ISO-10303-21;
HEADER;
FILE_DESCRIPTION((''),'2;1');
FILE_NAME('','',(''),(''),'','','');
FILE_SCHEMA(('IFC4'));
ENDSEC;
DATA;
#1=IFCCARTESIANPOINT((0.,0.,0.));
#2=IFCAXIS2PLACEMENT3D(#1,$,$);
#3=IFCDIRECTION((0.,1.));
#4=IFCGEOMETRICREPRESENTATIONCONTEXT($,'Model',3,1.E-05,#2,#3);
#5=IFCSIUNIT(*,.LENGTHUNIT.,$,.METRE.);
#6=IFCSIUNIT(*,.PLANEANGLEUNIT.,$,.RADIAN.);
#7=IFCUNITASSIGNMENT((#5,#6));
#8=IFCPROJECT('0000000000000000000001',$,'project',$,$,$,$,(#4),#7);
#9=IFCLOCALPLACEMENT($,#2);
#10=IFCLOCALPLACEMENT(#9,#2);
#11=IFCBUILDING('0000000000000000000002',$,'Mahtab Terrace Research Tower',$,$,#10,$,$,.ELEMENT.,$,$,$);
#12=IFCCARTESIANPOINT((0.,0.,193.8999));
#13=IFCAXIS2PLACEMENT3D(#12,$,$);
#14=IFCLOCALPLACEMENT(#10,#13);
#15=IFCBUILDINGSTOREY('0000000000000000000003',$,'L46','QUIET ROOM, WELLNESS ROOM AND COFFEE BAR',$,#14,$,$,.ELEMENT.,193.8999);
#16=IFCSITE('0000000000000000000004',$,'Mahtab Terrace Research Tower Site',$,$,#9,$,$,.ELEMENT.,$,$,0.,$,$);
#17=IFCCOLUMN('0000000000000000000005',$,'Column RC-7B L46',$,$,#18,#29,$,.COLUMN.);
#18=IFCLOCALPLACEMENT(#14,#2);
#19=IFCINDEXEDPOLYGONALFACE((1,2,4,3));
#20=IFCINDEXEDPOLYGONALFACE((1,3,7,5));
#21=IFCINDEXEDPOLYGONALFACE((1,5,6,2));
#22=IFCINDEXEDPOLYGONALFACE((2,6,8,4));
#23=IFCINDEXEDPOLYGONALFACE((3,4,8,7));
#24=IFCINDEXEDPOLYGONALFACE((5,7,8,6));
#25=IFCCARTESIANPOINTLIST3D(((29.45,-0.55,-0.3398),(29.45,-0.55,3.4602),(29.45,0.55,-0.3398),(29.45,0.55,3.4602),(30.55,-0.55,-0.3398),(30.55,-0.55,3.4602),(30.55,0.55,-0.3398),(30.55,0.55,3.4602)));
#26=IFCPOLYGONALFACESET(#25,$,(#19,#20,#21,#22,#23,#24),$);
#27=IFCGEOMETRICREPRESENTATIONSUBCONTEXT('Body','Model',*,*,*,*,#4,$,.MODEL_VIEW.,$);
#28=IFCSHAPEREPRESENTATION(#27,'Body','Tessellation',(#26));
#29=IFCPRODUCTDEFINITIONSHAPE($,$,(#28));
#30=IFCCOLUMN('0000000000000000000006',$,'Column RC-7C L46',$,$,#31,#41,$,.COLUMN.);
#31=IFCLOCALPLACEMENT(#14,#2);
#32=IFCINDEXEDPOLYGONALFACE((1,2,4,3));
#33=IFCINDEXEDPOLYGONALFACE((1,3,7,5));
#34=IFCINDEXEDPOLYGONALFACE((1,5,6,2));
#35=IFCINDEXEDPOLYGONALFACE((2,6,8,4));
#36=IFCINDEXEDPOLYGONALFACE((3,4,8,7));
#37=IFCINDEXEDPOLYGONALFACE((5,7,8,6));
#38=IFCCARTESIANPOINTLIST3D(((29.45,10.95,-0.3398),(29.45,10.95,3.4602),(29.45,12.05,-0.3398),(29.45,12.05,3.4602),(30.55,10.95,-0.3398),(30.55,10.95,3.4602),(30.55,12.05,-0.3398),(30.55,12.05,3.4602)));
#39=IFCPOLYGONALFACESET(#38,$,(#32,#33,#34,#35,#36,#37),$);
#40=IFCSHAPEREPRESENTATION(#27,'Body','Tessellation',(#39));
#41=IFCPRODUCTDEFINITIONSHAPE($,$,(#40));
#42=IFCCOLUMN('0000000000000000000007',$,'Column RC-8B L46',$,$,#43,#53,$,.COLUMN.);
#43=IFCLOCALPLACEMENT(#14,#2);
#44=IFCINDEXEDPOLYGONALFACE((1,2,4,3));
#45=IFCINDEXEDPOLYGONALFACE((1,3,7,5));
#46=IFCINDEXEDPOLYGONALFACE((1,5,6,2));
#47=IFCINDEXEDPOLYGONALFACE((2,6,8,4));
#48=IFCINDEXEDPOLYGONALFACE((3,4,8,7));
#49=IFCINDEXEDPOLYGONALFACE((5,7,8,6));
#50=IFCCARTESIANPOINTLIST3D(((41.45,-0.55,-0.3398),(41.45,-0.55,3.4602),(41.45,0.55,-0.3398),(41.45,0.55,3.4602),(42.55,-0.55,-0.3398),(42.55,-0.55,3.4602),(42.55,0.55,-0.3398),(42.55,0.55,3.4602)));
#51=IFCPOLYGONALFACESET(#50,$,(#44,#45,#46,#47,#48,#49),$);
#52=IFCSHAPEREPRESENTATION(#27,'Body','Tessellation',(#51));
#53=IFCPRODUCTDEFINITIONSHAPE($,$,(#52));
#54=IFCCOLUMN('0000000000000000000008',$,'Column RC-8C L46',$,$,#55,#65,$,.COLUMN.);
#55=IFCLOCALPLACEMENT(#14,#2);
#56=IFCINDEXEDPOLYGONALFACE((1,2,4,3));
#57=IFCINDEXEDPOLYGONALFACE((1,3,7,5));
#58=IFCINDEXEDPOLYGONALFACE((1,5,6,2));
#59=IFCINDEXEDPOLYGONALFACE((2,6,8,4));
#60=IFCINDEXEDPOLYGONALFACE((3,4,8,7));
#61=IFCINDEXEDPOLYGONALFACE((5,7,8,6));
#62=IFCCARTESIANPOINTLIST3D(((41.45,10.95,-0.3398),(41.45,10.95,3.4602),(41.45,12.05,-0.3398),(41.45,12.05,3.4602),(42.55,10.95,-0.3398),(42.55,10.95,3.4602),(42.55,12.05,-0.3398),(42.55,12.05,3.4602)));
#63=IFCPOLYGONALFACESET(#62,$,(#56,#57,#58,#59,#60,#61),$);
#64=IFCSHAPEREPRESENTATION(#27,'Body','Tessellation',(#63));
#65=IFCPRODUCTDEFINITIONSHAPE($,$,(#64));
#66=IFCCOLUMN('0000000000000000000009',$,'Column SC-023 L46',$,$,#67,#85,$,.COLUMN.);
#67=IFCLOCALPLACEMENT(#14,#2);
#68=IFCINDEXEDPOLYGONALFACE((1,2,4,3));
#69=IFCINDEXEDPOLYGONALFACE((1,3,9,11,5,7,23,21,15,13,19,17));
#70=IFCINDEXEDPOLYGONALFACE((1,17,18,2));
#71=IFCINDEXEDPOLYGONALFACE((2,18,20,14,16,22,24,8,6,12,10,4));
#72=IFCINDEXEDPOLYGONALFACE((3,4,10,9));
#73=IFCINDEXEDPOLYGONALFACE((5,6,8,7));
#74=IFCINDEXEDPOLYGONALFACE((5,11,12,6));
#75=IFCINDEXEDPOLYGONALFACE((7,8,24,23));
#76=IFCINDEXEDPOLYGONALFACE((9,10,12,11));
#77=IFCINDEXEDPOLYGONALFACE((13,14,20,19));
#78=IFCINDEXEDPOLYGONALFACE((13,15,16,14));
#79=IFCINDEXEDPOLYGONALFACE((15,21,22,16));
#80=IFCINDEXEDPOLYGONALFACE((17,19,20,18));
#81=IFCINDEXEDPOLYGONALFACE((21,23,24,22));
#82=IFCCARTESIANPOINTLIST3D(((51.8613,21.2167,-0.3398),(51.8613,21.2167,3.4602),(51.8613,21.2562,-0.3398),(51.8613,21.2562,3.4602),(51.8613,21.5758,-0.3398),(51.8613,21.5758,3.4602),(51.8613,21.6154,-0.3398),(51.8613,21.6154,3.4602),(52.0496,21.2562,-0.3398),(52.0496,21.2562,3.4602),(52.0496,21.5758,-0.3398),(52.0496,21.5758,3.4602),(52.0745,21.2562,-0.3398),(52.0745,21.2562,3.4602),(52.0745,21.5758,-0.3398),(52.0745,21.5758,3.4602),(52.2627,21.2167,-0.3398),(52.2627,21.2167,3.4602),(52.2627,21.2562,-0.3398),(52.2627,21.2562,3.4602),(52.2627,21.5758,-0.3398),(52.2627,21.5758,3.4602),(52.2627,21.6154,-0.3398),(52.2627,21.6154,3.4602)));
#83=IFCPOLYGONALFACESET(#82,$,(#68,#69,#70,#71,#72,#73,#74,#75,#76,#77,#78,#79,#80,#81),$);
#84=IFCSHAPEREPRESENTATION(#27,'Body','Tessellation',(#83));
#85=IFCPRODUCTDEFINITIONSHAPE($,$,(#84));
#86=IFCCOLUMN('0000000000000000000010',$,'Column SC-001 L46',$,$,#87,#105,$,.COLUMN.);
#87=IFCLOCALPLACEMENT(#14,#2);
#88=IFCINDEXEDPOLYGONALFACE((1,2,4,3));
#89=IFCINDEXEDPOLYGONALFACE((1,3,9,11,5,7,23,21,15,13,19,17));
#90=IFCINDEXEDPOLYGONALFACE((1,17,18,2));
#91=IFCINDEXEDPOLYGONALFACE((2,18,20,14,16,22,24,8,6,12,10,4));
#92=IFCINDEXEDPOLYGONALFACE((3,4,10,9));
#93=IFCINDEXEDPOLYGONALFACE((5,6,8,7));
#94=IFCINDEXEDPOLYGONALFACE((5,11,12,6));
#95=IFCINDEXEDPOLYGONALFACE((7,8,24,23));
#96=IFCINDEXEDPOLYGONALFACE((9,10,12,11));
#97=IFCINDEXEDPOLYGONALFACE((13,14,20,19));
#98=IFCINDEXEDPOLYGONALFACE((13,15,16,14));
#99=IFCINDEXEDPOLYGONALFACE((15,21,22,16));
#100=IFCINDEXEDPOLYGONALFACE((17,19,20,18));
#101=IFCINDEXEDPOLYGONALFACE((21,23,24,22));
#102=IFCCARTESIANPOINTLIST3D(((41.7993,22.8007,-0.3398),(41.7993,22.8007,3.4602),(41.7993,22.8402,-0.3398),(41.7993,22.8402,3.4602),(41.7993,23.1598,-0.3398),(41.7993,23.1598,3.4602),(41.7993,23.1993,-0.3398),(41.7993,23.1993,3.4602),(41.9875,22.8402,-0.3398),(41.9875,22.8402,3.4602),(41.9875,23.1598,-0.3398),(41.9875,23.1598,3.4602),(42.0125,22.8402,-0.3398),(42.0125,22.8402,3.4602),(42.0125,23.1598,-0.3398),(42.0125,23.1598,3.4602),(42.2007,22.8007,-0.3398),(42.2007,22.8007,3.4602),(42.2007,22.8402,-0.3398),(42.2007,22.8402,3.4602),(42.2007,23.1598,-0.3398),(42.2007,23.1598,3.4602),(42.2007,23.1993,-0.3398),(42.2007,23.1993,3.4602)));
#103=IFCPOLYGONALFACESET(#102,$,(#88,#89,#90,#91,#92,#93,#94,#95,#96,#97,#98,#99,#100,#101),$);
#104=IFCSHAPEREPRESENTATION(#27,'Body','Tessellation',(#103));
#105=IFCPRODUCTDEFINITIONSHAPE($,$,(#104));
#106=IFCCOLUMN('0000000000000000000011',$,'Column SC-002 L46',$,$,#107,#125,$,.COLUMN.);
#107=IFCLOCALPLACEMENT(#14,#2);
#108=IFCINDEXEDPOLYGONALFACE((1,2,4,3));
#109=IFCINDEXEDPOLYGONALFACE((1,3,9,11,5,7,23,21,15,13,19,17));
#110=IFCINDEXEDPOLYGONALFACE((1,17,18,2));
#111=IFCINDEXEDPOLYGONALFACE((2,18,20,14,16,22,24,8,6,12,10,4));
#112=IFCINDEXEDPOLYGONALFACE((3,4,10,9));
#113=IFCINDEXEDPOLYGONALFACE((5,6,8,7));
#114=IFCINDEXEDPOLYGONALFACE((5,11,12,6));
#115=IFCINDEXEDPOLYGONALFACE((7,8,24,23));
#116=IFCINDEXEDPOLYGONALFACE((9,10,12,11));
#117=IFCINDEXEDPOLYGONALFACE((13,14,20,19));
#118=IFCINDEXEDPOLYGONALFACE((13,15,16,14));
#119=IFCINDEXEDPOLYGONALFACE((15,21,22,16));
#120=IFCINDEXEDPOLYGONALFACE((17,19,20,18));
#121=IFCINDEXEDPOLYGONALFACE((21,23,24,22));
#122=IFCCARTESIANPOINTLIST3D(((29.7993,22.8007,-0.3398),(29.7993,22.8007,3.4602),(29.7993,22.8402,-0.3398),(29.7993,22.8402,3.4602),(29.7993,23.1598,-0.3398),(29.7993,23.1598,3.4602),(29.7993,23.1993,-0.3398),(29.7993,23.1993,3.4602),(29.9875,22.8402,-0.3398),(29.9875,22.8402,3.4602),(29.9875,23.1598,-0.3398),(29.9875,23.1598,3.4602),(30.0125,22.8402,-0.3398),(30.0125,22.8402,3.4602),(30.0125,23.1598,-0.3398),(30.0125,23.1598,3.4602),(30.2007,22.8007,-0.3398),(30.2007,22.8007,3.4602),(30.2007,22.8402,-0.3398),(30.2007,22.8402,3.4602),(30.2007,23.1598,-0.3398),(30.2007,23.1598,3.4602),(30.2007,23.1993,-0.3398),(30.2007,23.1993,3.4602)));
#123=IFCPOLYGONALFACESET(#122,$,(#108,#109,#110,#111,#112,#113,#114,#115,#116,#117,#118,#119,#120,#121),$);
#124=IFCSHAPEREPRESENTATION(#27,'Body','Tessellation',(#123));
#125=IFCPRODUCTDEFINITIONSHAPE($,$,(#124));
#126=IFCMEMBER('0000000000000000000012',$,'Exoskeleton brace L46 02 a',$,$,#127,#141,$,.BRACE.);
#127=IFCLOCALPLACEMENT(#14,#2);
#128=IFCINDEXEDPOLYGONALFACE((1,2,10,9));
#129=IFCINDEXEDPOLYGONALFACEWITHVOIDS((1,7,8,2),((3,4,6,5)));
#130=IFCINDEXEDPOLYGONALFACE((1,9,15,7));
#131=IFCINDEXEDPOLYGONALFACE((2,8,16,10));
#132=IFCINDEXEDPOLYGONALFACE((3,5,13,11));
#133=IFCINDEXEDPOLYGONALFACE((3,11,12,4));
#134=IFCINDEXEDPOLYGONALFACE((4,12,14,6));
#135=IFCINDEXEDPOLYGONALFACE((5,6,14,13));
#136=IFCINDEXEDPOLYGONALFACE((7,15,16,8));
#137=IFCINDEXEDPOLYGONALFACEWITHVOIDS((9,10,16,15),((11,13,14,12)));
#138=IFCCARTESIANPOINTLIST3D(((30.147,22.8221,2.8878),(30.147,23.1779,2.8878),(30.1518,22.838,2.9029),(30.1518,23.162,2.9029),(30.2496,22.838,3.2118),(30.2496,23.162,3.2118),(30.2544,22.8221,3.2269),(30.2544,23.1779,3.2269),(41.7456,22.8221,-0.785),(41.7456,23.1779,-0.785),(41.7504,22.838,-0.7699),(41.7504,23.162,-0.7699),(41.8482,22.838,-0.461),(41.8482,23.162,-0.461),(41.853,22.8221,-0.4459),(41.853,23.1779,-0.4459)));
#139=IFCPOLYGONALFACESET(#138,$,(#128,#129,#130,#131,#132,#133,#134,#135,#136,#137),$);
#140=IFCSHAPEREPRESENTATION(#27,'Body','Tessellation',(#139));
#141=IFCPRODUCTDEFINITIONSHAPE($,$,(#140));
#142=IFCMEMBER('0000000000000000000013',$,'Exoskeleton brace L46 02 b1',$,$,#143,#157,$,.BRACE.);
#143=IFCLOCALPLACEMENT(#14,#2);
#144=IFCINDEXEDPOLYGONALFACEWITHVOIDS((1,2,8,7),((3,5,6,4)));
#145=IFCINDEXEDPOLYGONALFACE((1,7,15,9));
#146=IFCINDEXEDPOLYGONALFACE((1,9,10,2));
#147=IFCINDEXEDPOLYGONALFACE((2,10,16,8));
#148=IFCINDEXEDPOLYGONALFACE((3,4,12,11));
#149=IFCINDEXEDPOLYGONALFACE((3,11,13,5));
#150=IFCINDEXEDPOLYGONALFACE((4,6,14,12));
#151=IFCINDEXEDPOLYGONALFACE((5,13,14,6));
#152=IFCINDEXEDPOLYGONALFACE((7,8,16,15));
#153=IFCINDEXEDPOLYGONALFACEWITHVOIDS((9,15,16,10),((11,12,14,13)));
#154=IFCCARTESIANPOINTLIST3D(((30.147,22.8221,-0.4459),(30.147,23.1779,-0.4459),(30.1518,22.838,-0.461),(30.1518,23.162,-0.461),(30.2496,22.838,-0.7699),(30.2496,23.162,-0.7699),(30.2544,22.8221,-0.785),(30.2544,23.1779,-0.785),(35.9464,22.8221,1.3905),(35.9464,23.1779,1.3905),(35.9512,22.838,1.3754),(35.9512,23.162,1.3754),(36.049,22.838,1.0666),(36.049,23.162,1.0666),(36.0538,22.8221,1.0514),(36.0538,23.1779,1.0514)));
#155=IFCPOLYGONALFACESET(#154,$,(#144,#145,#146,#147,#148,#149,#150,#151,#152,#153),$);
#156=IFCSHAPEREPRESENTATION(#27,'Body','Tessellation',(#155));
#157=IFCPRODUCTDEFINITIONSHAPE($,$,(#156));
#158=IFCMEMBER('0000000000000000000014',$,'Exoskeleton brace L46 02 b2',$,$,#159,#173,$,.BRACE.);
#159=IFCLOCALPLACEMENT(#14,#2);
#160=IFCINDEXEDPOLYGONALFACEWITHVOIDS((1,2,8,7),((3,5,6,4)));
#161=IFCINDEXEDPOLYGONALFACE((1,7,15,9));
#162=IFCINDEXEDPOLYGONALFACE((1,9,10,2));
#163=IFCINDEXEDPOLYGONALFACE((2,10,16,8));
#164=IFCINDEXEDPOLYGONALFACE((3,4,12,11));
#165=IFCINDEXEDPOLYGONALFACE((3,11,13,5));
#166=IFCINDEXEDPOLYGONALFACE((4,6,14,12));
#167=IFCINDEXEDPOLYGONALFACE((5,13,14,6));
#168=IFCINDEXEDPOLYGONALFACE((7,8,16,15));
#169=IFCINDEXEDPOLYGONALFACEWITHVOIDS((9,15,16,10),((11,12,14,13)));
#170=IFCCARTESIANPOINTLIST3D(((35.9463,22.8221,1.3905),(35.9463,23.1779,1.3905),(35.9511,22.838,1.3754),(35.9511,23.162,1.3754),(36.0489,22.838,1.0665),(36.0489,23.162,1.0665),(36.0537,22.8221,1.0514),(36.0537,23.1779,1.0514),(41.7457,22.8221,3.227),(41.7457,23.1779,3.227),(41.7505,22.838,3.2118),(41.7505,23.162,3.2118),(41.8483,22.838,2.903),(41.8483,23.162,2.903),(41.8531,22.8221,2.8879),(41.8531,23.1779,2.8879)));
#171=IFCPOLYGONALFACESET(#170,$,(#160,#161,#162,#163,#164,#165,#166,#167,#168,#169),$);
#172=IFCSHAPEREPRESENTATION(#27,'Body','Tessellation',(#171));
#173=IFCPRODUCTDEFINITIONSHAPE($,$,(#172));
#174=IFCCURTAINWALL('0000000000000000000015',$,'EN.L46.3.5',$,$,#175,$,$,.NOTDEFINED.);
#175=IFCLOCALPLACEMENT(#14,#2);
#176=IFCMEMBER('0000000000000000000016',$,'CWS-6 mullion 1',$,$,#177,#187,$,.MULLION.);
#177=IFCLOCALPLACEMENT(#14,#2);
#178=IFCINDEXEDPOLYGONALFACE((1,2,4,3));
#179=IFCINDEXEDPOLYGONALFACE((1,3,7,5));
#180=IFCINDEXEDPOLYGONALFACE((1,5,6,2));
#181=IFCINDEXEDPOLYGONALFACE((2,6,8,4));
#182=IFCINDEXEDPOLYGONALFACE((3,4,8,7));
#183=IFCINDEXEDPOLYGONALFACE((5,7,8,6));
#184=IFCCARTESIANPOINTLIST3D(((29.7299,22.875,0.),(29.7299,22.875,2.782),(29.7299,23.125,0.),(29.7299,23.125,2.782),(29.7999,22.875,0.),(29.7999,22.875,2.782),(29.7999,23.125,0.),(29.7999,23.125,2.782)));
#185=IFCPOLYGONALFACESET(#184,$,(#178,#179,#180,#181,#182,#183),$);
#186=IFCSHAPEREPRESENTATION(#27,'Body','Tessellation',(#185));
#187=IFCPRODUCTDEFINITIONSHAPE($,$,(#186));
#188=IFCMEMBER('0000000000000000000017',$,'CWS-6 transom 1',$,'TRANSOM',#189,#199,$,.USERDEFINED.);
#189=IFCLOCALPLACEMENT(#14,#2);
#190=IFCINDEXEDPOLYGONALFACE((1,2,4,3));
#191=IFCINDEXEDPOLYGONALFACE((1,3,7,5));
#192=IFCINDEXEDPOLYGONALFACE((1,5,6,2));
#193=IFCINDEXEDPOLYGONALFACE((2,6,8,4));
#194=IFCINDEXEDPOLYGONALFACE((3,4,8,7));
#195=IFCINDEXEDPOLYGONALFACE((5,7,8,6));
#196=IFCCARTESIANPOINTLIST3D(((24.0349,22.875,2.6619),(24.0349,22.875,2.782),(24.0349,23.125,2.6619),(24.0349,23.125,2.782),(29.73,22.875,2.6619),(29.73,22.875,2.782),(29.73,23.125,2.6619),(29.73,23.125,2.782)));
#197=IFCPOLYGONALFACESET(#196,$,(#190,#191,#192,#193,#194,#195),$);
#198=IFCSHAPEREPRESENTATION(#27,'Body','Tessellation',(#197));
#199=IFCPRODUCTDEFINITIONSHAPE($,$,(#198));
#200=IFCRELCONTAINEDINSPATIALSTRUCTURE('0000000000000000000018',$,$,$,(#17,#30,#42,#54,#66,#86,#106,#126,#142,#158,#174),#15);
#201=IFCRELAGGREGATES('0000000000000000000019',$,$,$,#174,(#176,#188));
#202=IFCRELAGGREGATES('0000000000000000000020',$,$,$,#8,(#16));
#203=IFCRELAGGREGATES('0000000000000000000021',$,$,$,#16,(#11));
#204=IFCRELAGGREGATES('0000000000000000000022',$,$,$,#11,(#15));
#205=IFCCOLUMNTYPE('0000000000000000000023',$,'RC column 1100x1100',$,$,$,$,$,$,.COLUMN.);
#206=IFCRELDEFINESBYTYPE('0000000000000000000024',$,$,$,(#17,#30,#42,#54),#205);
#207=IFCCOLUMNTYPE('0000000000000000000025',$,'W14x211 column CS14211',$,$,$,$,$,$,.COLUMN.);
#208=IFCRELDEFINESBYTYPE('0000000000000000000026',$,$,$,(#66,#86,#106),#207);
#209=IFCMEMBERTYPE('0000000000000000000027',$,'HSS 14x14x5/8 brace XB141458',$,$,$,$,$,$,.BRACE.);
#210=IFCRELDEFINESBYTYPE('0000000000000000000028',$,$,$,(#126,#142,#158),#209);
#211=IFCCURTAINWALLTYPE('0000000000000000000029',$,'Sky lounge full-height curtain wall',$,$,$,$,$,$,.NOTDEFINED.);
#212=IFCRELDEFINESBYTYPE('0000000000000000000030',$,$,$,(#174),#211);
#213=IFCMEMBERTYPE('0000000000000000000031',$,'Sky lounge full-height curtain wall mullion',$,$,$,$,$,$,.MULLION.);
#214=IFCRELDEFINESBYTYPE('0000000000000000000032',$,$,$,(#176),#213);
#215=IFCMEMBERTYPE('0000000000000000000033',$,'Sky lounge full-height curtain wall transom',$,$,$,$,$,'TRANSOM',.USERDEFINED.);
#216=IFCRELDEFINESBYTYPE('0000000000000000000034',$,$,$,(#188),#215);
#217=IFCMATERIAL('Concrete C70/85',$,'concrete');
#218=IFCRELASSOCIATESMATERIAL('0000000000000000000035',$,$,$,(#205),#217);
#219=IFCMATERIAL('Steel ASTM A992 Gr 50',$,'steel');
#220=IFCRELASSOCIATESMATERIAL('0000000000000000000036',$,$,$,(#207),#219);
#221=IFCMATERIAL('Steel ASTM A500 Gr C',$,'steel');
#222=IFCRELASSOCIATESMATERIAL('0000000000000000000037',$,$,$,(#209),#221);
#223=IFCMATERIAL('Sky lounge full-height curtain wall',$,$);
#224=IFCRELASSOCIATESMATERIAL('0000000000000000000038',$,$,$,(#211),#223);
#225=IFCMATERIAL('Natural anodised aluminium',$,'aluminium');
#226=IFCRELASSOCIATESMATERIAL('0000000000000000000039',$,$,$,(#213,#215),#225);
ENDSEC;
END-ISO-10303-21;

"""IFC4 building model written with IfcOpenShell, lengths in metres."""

from ifc_helpers import new_model, si_unit, direction, frame, origin, origin_2d, place, context, subcontext, project, spatial, rectangle, hollow_rectangle, i_section, extrude, material, material_profile, profile_set, type_object, element, aggregate, save


model = new_model("IFC4")

# Units and contexts
model_context = context("Model", 3, precision=1e-05, world=origin(), true_north=direction((0.0, 1.0)))
body_context = subcontext(model_context, "Body", "Model", "MODEL_VIEW")
ifc_project = project(units=[si_unit("LENGTHUNIT", "METRE"), si_unit("PLANEANGLEUNIT", "RADIAN")], contexts=[model_context])

# Site, building, storey
site_placement = place(None, origin())
site = spatial("IfcSite", under=ifc_project, at=site_placement, Name="Mahtab Terrace Research Tower Site", CompositionType="ELEMENT", RefElevation=0.0)
building_placement = place(site_placement, origin())
building = spatial("IfcBuilding", under=site, at=building_placement, Name="Mahtab Terrace Research Tower", CompositionType="ELEMENT")
storey_placement = place(building_placement, frame((0.0, 0.0, 193.8999)))
storey = spatial("IfcBuildingStorey", under=building, at=storey_placement, Name="L46", Description="QUIET ROOM, WELLNESS ROOM AND COFFEE BAR", CompositionType="ELEMENT", Elevation=193.8999)

# Columns
ifc_material_1 = material(Name="Concrete C70/85", Category="concrete")
ifc_material_profile_1 = material_profile(ifc_material_1, rectangle(XDim=1.1001, YDim=1.1001, at=origin_2d()), Name="RC column 1100x1100")
ifc_profile_set_1 = profile_set([ifc_material_profile_1], Name="Concrete C70/85")
column_type_1 = type_object("IfcColumnType", Name="RC column 1100x1100", PredefinedType="COLUMN", material=ifc_profile_set_1)
for number, where, z_axis, x_axis, name in (
    (1, (30.0, 0.0, -0.3398), (0.0, 0.0, 1.0), (1.0, 0.0, 0.0), "Column RC-7B L46"),
    (2, (30.0, 11.5, -0.3398), (0.0, 0.0, 1.0), (1.0, 0.0, 0.0), "Column RC-7C L46"),
    (3, (42.0, 0.0, -0.3398), (0.0, 0.0, 1.0), (1.0, 0.0, 0.0), "Column RC-8B L46"),
    (4, (42.0, 11.5, -0.3398), (0.0, 0.0, 1.0), (1.0, 0.0, 0.0), "Column RC-8C L46"),
):
    element("IfcColumn", number, at=place(storey_placement, frame(where, z_axis=z_axis, x_axis=x_axis)), inside=storey, type_object=column_type_1, Name=name, PredefinedType="COLUMN", context=body_context, shape_type="SweptSolid", body=[
        extrude(rectangle(XDim=1.1001, YDim=1.1001, at=origin_2d()), origin(), (0.0, 0.0, 1.0), 3.8),
    ])
ifc_material_2 = material(Name="Steel ASTM A992 Gr 50", Category="steel")
ifc_material_profile_2 = material_profile(ifc_material_2, i_section(OverallWidth=0.4014, OverallDepth=0.3987, WebThickness=0.0249, FlangeThickness=0.0396, at=origin_2d()), Name="W14X211")
ifc_profile_set_2 = profile_set([ifc_material_profile_2], Name="Steel ASTM A992 Gr 50")
column_type_2 = type_object("IfcColumnType", Name="W14x211 column CS14211", PredefinedType="COLUMN", material=ifc_profile_set_2)
for number, where, z_axis, x_axis, name in (
    (5, (52.062, 21.416, -0.3398), (0.0, 0.0, 1.0), (1.0, 0.0, 0.0), "Column SC-023 L46"),
    (6, (42.0, 23.0, -0.3398), (0.0, 0.0, 1.0), (1.0, 0.0, 0.0), "Column SC-001 L46"),
    (7, (30.0, 23.0, -0.3398), (0.0, 0.0, 1.0), (1.0, 0.0, 0.0), "Column SC-002 L46"),
):
    element("IfcColumn", number, at=place(storey_placement, frame(where, z_axis=z_axis, x_axis=x_axis)), inside=storey, type_object=column_type_2, Name=name, PredefinedType="COLUMN", context=body_context, shape_type="SweptSolid", body=[
        extrude(i_section(OverallWidth=0.4014, OverallDepth=0.3987, WebThickness=0.0249, FlangeThickness=0.0396, at=origin_2d()), origin(), (0.0, 0.0, 1.0), 3.8),
    ])

# Members
ifc_material_3 = material(Name="Steel ASTM A500 Gr C", Category="steel")
ifc_material_profile_3 = material_profile(ifc_material_3, hollow_rectangle(XDim=0.3557, YDim=0.3557, WallThickness=0.0159, at=origin_2d()), Name="HSS14X14X5/8")
ifc_profile_set_3 = profile_set([ifc_material_profile_3], Name="Steel ASTM A500 Gr C")
member_type_1 = type_object("IfcMemberType", Name="HSS 14x14x5/8 brace XB141458", PredefinedType="BRACE", material=ifc_profile_set_3)
member_1_placement = place(storey_placement, frame((41.7993, 23.0, -0.6155), z_axis=(-0.953343, 0.0, 0.301888), x_axis=(0.0, -1.0, 0.0)))
element("IfcMember", 8, at=member_1_placement, inside=storey, type_object=member_type_1, Name="Exoskeleton brace L46 02 a", PredefinedType="BRACE", context=body_context, shape_type="SweptSolid", body=[
    extrude(hollow_rectangle(XDim=0.3557, YDim=0.3557, WallThickness=0.0159, at=origin_2d()), origin(), (0.0, 0.0, 1.0), 12.1663),
])
for number, where, z_axis, x_axis, name in (
    (9, (30.2007, 23.0, -0.6155), (0.953343, 0.0, 0.301888), (0.0, 1.0, 0.0), "Exoskeleton brace L46 02 b1"),
    (10, (36.0, 23.0, 1.2209), (0.953343, 0.0, 0.301888), (0.0, 1.0, 0.0), "Exoskeleton brace L46 02 b2"),
):
    element("IfcMember", number, at=place(storey_placement, frame(where, z_axis=z_axis, x_axis=x_axis)), inside=storey, type_object=member_type_1, Name=name, PredefinedType="BRACE", context=body_context, shape_type="SweptSolid", body=[
        extrude(hollow_rectangle(XDim=0.3557, YDim=0.3557, WallThickness=0.0159, at=origin_2d()), origin(), (0.0, 0.0, 1.0), 6.0833),
    ])

# Curtain wall, members
ifc_material_4 = material(Name="Sky lounge full-height curtain wall")
curtain_wall_type = type_object("IfcCurtainWallType", Name="Sky lounge full-height curtain wall", PredefinedType="NOTDEFINED", material=ifc_material_4)
curtain_wall_placement = place(storey_placement, origin())
curtain_wall = element("IfcCurtainWall", 11, at=curtain_wall_placement, inside=storey, type_object=curtain_wall_type, Name="EN.L46.3.5", PredefinedType="NOTDEFINED")
ifc_material_5 = material(Name="Natural anodised aluminium", Category="aluminium")
ifc_material_profile_4 = material_profile(ifc_material_5, rectangle(XDim=0.25, YDim=0.0701, at=origin_2d()), Name="MULLION 70x250")
ifc_profile_set_4 = profile_set([ifc_material_profile_4], Name="Natural anodised aluminium")
member_type_2 = type_object("IfcMemberType", Name="Sky lounge full-height curtain wall mullion", PredefinedType="MULLION", material=ifc_profile_set_4)
member_2_placement = place(storey_placement, frame((29.7649, 23.0, 0.0), z_axis=(0.0, 0.0, 1.0), x_axis=(0.0, -1.0, 0.0)))
member_2 = element("IfcMember", 12, at=member_2_placement, type_object=member_type_2, Name="CWS-6 mullion 1", PredefinedType="MULLION", context=body_context, shape_type="SweptSolid", body=[
    extrude(rectangle(XDim=0.25, YDim=0.0701, at=origin_2d()), origin(), (0.0, 0.0, 1.0), 2.782),
])
ifc_material_profile_5 = material_profile(ifc_material_5, rectangle(XDim=0.25, YDim=0.1201, at=origin_2d()), Name="TRANSOM 120x250")
ifc_profile_set_5 = profile_set([ifc_material_profile_5], Name="Natural anodised aluminium")
member_type_3 = type_object("IfcMemberType", Name="Sky lounge full-height curtain wall transom", ElementType="TRANSOM", PredefinedType="USERDEFINED", material=ifc_profile_set_5)
member_3_placement = place(storey_placement, frame((29.73, 23.0, 2.7219), z_axis=(-1.0, 0.0, 0.0), x_axis=(0.0, -1.0, 0.0)))
member_3 = element("IfcMember", 13, at=member_3_placement, type_object=member_type_3, Name="CWS-6 transom 1", ObjectType="TRANSOM", PredefinedType="USERDEFINED", context=body_context, shape_type="SweptSolid", body=[
    extrude(rectangle(XDim=0.25, YDim=0.1201, at=origin_2d()), origin(), (0.0, 0.0, 1.0), 5.6951),
])
aggregate(curtain_wall, [member_2, member_3])

save(model, "model.ifc")
